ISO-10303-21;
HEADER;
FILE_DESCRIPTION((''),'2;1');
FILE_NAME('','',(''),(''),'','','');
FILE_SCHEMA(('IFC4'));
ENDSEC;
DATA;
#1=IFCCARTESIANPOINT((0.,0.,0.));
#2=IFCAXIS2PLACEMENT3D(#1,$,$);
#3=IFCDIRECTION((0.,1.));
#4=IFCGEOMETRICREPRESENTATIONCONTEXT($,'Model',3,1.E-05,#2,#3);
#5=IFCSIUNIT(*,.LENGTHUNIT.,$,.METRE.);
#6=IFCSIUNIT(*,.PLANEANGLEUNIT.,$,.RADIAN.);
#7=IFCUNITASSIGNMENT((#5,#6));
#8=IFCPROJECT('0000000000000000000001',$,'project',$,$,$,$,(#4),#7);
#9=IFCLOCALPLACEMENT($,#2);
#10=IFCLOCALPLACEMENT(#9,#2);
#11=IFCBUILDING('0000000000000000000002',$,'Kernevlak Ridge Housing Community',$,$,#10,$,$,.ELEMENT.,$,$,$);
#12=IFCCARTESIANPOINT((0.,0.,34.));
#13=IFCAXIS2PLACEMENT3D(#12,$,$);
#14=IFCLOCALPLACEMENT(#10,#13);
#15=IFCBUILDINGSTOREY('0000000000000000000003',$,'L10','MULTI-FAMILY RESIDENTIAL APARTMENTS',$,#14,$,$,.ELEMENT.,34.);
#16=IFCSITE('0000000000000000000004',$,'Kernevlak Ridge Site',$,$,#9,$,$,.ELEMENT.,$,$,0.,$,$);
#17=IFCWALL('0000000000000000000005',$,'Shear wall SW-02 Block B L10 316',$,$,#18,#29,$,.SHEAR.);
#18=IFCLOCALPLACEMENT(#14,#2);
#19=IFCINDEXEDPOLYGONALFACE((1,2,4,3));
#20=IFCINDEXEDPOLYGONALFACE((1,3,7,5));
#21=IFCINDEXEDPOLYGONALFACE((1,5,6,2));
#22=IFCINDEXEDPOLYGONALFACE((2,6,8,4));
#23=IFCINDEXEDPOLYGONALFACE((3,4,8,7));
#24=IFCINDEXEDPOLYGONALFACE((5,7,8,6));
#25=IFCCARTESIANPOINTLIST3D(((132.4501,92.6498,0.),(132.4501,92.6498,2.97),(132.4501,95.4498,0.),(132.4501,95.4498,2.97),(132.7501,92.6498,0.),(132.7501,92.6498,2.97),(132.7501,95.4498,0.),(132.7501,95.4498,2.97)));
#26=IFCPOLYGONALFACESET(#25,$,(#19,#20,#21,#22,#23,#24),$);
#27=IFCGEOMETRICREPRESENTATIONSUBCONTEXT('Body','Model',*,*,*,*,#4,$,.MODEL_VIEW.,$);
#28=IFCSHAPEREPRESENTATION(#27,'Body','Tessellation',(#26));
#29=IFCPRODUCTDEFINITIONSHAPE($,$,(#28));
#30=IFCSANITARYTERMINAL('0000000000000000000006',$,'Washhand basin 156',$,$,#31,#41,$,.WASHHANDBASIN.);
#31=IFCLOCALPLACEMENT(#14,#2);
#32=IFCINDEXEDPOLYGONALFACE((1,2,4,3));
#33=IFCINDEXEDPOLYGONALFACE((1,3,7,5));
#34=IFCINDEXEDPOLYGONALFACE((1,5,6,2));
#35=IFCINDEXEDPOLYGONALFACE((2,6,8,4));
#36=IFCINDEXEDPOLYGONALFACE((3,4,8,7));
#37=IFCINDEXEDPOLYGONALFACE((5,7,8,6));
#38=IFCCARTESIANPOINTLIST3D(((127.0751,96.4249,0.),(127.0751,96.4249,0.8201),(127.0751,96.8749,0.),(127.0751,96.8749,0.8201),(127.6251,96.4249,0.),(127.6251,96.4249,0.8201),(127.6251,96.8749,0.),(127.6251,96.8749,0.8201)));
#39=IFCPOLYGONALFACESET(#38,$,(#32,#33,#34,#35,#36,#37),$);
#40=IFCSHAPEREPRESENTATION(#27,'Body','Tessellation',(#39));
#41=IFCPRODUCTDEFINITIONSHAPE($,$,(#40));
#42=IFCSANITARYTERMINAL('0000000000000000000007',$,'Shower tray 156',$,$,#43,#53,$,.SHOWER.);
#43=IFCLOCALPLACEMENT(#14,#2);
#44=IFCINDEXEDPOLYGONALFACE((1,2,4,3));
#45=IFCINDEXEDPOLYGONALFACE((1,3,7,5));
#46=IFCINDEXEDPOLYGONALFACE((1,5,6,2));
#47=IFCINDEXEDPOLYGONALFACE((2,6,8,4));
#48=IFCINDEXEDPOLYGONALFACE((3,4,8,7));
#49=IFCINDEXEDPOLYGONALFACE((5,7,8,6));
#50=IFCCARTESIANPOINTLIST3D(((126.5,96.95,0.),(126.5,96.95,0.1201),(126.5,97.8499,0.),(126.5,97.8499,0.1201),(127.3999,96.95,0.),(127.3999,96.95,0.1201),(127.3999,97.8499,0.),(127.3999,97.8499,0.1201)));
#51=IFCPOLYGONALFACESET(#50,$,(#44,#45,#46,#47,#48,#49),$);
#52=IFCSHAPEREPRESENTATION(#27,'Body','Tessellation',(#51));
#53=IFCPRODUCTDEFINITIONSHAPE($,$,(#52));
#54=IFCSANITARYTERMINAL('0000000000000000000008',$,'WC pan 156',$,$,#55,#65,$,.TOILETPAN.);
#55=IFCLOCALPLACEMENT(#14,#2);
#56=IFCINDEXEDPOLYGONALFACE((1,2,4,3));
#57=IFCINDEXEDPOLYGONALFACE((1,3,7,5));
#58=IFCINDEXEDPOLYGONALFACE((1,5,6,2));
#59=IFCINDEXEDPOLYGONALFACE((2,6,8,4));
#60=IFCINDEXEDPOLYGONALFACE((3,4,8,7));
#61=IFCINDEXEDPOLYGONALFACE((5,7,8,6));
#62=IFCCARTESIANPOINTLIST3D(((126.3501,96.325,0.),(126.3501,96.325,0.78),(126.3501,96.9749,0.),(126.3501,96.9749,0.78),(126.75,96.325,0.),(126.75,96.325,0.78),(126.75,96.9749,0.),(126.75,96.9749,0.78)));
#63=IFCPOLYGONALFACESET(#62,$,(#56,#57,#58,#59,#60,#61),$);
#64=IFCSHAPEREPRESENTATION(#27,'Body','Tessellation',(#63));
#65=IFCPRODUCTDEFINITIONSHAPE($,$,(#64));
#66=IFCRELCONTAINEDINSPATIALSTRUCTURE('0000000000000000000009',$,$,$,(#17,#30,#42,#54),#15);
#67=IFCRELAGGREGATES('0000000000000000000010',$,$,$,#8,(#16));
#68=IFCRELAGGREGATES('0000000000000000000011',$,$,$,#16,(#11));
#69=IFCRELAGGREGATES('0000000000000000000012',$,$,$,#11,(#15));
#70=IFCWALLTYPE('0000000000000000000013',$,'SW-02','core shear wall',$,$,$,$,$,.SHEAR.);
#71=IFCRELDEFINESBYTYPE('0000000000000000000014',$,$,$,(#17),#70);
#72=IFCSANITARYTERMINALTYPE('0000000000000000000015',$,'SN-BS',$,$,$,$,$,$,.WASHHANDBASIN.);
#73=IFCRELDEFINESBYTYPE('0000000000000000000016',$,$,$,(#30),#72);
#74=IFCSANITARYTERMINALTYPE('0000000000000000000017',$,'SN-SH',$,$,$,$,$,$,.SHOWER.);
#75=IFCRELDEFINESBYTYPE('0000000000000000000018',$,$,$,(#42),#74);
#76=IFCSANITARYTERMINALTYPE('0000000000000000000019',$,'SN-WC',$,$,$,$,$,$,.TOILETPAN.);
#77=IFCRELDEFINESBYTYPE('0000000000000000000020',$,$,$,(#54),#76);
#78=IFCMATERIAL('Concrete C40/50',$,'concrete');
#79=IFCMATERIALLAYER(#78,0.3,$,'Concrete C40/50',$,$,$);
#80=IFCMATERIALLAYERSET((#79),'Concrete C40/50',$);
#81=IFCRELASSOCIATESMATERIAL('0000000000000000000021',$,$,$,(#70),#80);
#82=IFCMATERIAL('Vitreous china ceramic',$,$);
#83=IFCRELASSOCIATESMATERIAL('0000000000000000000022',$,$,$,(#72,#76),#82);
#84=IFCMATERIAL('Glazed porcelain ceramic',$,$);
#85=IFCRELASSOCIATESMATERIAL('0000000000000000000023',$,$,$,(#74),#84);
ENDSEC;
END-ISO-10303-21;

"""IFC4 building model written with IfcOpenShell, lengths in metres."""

from ifc_helpers import new_model, si_unit, direction, frame, frame_2d, origin, origin_2d, place, context, subcontext, project, spatial, rectangle, extrude, material, layer, layer_set, type_object, element, save


model = new_model("IFC4")

# Units and contexts
model_context = context("Model", 3, precision=1e-05, world=origin(), true_north=direction((0.0, 1.0)))
body_context = subcontext(model_context, "Body", "Model", "MODEL_VIEW")
ifc_project = project(units=[si_unit("LENGTHUNIT", "METRE"), si_unit("PLANEANGLEUNIT", "RADIAN")], contexts=[model_context])

# Site, building, storey
site_placement = place(None, origin())
site = spatial("IfcSite", under=ifc_project, at=site_placement, Name="Kernevlak Ridge Site", CompositionType="ELEMENT", RefElevation=0.0)
building_placement = place(site_placement, origin())
building = spatial("IfcBuilding", under=site, at=building_placement, Name="Kernevlak Ridge Housing Community", CompositionType="ELEMENT")
storey_placement = place(building_placement, frame((0.0, 0.0, 34.0)))
storey = spatial("IfcBuildingStorey", under=building, at=storey_placement, Name="L10", Description="MULTI-FAMILY RESIDENTIAL APARTMENTS", CompositionType="ELEMENT", Elevation=34.0)

# Wall
ifc_material_1 = material(Name="Concrete C40/50", Category="concrete")
ifc_layer_1 = layer(ifc_material_1, 0.3, Name="Concrete C40/50")
ifc_layer_set_1 = layer_set([ifc_layer_1], Name="Concrete C40/50")
wall_type_1 = type_object("IfcWallType", Name="SW-02", Description="core shear wall", PredefinedType="SHEAR", material=ifc_layer_set_1)
wall_1_placement = place(storey_placement, frame((132.6001, 92.6499, 0.0), z_axis=(0.0, 0.0, 1.0), x_axis=(0.0, 1.0, 0.0)))
element("IfcWall", 1, at=wall_1_placement, inside=storey, type_object=wall_type_1, Name="Shear wall SW-02 Block B L10 316", PredefinedType="SHEAR", context=body_context, shape_type="SweptSolid", body=[
    extrude(rectangle(XDim=2.8, YDim=0.3, at=frame_2d((1.3999, 0.0))), origin(), (0.0, 0.0, 1.0), 2.97),
])

# Sanitary terminals
ifc_material_2 = material(Name="Vitreous china ceramic")
sanitary_terminal_type_1 = type_object("IfcSanitaryTerminalType", Name="SN-BS", PredefinedType="WASHHANDBASIN", material=ifc_material_2)
sanitary_terminal_1_placement = place(storey_placement, frame((127.3501, 96.6499, 0.0), z_axis=(0.0, 0.0, 1.0), x_axis=(1.0, 0.0, 0.0)))
element("IfcSanitaryTerminal", 2, at=sanitary_terminal_1_placement, inside=storey, type_object=sanitary_terminal_type_1, Name="Washhand basin 156", PredefinedType="WASHHANDBASIN", context=body_context, shape_type="SweptSolid", body=[
    extrude(rectangle(XDim=0.55, YDim=0.45, at=origin_2d()), origin(), (0.0, 0.0, 1.0), 0.8201),
])
ifc_material_3 = material(Name="Glazed porcelain ceramic")
sanitary_terminal_type_2 = type_object("IfcSanitaryTerminalType", Name="SN-SH", PredefinedType="SHOWER", material=ifc_material_3)
sanitary_terminal_2_placement = place(storey_placement, frame((126.95, 97.3999, 0.0), z_axis=(0.0, 0.0, 1.0), x_axis=(1.0, 0.0, 0.0)))
element("IfcSanitaryTerminal", 3, at=sanitary_terminal_2_placement, inside=storey, type_object=sanitary_terminal_type_2, Name="Shower tray 156", PredefinedType="SHOWER", context=body_context, shape_type="SweptSolid", body=[
    extrude(rectangle(XDim=0.8999, YDim=0.8999, at=origin_2d()), origin(), (0.0, 0.0, 1.0), 0.1201),
])
sanitary_terminal_type_3 = type_object("IfcSanitaryTerminalType", Name="SN-WC", PredefinedType="TOILETPAN", material=ifc_material_2)
sanitary_terminal_3_placement = place(storey_placement, frame((126.55, 96.6499, 0.0), z_axis=(0.0, 0.0, 1.0), x_axis=(1.0, 0.0, 0.0)))
element("IfcSanitaryTerminal", 4, at=sanitary_terminal_3_placement, inside=storey, type_object=sanitary_terminal_type_3, Name="WC pan 156", PredefinedType="TOILETPAN", context=body_context, shape_type="SweptSolid", body=[
    extrude(rectangle(XDim=0.3999, YDim=0.6499, at=origin_2d()), origin(), (0.0, 0.0, 1.0), 0.78),
])

save(model, "model.ifc")
